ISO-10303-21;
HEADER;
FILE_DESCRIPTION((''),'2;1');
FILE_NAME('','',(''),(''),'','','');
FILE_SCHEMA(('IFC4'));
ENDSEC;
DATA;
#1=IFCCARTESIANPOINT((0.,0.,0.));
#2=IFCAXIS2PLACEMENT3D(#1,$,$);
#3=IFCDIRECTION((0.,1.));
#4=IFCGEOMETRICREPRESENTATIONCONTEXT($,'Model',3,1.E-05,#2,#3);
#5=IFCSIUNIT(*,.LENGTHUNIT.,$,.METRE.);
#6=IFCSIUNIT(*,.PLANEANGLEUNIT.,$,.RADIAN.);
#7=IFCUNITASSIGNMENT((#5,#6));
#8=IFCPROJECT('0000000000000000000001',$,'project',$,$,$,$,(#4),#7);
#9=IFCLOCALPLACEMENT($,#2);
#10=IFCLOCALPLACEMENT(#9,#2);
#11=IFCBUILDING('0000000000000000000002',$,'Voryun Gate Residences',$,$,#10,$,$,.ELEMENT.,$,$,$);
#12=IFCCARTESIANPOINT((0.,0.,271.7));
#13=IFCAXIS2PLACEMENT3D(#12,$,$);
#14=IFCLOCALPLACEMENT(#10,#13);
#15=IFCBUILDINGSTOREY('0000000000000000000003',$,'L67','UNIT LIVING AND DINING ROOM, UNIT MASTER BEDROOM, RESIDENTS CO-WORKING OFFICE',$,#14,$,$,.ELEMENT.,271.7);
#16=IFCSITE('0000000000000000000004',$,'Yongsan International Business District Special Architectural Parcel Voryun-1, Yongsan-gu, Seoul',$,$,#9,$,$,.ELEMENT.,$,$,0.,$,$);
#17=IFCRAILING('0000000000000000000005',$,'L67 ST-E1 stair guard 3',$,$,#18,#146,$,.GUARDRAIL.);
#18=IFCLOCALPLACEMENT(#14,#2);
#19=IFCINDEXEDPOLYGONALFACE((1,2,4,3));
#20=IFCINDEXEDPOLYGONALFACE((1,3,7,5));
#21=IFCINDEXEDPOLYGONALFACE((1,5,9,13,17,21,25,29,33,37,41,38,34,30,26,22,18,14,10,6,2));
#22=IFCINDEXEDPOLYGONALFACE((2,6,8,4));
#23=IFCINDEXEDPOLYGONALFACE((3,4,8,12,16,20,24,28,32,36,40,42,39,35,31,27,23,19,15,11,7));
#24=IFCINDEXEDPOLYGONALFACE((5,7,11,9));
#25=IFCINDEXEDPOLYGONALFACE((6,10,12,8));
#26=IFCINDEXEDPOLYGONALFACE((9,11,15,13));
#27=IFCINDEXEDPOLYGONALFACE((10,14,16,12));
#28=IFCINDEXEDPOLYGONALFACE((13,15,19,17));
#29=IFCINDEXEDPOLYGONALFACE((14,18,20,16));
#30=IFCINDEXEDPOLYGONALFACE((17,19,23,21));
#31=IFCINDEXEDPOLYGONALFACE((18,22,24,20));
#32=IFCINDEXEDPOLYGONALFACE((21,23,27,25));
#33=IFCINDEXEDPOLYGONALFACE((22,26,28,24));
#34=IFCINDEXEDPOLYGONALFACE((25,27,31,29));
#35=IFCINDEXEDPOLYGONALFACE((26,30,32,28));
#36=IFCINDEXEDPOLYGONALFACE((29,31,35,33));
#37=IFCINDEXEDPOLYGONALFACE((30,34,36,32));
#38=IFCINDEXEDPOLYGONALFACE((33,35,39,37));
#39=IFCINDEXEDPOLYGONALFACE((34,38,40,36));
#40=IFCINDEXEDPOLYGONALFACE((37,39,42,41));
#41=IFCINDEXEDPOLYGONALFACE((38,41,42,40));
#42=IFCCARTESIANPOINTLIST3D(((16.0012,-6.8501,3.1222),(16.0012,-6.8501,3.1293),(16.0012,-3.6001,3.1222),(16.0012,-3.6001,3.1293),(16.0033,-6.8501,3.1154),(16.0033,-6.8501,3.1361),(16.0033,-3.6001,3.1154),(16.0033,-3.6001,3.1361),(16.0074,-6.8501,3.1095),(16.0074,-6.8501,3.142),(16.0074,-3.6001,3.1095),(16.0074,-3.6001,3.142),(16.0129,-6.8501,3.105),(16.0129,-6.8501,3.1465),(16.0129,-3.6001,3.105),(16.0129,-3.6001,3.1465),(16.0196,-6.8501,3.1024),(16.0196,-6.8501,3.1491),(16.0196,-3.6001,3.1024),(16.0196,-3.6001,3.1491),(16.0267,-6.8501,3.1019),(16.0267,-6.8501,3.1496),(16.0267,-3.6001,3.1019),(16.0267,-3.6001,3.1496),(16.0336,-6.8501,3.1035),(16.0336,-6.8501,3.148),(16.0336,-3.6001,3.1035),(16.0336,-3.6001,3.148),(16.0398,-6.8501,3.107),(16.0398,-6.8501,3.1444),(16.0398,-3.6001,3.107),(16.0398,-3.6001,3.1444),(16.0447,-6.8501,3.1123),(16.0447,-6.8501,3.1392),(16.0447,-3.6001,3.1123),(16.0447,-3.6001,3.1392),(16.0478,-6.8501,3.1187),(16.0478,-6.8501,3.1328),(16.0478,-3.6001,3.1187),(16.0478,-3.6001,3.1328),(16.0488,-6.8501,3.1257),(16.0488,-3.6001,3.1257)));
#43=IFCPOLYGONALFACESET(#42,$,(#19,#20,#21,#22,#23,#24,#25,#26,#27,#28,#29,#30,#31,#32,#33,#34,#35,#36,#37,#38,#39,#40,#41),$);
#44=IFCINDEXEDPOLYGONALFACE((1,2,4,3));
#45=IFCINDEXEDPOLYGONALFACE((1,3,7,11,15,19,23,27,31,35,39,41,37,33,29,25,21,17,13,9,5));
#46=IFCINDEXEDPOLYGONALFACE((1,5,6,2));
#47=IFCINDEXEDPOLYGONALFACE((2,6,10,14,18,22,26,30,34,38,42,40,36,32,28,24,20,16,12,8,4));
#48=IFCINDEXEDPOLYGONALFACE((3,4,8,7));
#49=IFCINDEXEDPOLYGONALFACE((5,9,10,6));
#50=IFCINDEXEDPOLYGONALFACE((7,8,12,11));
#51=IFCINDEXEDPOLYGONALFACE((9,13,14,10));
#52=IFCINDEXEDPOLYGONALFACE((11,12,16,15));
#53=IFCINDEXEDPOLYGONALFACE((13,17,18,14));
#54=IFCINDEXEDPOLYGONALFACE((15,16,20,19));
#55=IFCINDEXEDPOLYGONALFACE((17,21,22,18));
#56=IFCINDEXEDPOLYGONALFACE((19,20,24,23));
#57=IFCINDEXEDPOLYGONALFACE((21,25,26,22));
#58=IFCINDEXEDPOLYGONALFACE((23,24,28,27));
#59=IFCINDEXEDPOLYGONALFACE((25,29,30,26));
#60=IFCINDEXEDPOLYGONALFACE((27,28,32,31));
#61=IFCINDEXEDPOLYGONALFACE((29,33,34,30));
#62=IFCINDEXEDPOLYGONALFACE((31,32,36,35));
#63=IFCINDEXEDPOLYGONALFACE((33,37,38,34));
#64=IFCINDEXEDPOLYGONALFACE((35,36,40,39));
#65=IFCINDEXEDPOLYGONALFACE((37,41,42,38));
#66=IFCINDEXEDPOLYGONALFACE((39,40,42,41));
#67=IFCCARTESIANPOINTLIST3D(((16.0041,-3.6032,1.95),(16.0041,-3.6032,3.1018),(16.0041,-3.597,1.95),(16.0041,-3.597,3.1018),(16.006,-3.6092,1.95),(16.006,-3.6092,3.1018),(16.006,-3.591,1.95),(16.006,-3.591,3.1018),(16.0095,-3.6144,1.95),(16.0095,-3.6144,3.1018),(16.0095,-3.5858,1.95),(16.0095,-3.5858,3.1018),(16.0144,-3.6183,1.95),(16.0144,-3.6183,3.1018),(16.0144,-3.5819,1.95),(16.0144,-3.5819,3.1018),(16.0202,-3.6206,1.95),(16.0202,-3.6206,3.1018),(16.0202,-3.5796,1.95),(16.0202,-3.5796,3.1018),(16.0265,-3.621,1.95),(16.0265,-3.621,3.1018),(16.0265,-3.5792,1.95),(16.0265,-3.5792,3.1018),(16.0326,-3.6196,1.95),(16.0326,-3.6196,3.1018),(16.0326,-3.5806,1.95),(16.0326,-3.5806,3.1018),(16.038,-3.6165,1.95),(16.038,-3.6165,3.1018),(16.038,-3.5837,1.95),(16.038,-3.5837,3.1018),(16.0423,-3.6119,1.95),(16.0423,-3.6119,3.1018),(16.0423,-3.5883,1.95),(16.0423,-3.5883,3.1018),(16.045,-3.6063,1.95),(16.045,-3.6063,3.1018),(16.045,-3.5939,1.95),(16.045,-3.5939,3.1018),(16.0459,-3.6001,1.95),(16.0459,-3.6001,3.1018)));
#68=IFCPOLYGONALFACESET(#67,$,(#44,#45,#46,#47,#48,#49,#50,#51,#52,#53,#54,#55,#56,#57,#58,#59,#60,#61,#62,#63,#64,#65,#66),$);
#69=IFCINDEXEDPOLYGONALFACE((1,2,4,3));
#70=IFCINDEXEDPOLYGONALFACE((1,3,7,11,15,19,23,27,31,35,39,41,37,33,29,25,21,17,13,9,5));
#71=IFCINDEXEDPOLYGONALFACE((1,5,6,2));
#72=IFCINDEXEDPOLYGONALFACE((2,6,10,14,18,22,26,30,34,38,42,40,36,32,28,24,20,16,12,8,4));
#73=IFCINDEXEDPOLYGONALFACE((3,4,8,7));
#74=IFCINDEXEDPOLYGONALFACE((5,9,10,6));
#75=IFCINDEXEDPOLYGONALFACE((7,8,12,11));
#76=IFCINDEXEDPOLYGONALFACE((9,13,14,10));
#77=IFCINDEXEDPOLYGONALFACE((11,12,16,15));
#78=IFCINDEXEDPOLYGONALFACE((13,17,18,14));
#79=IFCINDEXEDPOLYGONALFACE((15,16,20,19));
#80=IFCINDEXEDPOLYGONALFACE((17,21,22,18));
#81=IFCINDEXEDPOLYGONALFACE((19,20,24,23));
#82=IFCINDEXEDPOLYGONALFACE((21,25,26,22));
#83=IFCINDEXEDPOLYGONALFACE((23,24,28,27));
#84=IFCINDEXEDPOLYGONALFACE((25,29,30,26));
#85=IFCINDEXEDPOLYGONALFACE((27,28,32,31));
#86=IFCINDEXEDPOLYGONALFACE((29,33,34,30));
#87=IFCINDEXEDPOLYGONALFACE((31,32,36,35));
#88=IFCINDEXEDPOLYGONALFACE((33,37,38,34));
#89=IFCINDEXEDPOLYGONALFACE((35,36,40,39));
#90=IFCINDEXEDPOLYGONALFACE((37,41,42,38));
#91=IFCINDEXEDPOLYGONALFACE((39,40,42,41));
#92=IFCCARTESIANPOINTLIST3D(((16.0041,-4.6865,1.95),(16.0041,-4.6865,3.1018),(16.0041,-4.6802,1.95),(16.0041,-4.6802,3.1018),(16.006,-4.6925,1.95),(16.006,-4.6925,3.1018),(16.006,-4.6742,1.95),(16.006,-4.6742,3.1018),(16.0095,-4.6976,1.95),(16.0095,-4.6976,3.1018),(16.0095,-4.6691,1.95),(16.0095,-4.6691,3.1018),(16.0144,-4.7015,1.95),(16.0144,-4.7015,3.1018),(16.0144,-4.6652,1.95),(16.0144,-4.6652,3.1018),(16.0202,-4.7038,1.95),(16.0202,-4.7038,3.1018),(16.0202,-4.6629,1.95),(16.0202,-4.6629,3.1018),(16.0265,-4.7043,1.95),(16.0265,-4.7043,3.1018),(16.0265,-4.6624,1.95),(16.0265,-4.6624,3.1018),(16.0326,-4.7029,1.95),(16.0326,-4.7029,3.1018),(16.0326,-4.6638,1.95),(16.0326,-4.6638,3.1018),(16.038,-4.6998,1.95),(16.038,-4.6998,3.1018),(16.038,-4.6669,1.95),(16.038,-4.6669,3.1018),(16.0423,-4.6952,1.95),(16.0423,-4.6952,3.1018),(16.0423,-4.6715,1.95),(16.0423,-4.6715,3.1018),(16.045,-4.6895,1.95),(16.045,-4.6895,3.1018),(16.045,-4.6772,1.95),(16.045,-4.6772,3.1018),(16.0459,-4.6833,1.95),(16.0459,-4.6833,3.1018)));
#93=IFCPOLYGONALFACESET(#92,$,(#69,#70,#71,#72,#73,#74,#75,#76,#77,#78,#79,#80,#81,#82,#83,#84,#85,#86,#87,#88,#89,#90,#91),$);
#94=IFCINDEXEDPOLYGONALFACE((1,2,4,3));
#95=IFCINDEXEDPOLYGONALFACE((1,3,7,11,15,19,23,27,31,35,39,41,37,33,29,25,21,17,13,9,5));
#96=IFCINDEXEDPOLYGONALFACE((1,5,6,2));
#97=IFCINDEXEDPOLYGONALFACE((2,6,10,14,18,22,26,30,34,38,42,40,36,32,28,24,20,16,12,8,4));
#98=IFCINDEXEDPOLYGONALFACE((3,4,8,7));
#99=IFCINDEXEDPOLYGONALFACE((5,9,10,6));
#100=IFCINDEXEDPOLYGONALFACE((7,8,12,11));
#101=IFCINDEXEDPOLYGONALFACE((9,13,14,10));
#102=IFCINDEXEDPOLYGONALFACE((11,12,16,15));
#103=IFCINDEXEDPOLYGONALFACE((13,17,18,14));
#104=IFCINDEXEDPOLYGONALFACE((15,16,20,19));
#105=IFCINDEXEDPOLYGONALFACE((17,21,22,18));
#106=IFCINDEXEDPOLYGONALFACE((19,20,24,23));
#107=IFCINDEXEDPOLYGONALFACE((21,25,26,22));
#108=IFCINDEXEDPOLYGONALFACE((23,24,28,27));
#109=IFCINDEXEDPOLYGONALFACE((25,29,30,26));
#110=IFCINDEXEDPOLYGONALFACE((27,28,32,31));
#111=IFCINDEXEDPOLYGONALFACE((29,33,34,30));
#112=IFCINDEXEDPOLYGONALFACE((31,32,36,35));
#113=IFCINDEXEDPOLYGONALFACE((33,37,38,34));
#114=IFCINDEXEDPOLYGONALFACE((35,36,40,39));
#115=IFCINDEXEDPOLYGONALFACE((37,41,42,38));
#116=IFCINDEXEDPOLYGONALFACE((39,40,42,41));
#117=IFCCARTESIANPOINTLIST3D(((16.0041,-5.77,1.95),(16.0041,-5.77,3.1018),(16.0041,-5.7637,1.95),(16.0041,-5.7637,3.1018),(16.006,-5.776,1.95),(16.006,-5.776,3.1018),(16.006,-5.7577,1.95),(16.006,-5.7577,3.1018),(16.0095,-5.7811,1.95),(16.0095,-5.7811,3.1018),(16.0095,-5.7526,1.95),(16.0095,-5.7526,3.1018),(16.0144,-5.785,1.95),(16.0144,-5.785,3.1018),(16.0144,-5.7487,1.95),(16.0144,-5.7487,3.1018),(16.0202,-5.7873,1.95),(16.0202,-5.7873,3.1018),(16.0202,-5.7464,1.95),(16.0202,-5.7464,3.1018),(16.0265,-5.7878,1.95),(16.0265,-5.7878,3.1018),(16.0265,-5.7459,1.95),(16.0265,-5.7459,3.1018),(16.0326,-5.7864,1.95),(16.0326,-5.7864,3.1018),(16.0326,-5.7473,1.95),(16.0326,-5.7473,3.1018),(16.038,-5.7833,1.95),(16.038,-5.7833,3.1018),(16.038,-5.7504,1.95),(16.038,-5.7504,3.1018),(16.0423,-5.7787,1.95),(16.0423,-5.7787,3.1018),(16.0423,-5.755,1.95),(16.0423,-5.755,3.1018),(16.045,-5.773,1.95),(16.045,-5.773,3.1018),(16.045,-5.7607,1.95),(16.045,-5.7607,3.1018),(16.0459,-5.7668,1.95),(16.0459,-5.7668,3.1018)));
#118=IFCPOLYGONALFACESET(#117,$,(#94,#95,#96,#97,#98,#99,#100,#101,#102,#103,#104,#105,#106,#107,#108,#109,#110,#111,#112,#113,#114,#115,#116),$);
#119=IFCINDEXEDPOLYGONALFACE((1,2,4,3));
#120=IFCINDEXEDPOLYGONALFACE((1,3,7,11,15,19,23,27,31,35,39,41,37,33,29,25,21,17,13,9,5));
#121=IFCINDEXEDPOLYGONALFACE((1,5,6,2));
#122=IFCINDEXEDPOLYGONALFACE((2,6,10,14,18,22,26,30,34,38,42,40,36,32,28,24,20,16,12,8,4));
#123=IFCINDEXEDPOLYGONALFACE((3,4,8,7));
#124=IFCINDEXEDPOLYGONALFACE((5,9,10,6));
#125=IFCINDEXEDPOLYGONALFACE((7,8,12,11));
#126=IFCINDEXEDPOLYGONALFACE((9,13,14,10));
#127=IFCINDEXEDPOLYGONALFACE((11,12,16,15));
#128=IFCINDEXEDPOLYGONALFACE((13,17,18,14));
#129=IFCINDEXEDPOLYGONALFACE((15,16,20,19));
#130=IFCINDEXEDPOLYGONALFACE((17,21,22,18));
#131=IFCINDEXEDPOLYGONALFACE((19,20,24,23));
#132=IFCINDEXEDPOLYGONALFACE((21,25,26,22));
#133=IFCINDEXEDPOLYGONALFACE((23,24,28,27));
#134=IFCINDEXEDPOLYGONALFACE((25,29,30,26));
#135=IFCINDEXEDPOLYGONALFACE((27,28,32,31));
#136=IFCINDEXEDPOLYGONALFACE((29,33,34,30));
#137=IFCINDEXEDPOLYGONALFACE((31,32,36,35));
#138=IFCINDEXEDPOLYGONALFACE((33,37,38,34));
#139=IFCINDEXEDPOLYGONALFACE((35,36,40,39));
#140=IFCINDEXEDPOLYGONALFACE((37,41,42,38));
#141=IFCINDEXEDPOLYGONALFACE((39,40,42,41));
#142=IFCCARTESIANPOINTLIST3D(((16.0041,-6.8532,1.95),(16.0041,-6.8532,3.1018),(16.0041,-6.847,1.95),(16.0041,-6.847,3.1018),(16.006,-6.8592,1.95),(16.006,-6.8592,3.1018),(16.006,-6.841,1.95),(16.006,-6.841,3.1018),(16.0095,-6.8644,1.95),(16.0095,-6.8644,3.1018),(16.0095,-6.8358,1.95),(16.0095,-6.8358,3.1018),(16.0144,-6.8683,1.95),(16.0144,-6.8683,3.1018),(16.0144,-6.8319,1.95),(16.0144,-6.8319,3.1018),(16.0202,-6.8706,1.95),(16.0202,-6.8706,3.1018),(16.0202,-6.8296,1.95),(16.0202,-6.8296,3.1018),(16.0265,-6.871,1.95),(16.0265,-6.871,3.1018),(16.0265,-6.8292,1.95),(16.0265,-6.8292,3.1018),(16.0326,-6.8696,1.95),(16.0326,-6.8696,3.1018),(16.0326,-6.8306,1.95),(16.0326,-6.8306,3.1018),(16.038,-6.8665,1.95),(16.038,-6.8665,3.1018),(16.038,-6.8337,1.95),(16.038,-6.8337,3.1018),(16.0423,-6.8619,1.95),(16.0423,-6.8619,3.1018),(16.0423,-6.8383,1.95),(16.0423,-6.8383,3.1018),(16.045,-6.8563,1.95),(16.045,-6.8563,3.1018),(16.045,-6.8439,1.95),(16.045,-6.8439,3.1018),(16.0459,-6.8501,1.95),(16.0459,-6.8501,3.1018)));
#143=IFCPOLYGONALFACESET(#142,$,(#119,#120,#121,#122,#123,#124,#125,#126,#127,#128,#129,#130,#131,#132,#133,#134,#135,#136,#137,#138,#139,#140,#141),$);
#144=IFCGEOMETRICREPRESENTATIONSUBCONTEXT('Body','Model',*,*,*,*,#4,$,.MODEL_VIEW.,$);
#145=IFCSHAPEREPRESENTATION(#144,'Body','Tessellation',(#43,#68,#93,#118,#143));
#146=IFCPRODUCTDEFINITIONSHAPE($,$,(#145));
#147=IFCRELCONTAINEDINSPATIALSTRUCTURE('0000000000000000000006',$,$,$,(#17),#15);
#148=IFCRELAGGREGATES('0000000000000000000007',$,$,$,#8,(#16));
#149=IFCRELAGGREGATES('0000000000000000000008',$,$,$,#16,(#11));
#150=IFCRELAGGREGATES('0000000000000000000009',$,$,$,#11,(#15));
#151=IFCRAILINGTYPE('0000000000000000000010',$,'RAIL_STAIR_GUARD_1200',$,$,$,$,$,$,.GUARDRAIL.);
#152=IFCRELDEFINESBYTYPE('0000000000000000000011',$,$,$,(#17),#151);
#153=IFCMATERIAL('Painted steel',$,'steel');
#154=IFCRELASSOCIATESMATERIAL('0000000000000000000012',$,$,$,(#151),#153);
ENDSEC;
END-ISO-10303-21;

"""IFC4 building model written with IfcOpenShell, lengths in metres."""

from ifc_helpers import new_model, si_unit, direction, frame, origin, origin_2d, place, context, subcontext, project, spatial, circle, extrude, material, type_object, element, save


model = new_model("IFC4")

# Units and contexts
model_context = context("Model", 3, precision=1e-05, world=origin(), true_north=direction((0.0, 1.0)))
body_context = subcontext(model_context, "Body", "Model", "MODEL_VIEW")
ifc_project = project(units=[si_unit("LENGTHUNIT", "METRE"), si_unit("PLANEANGLEUNIT", "RADIAN")], contexts=[model_context])

# Site, building, storey
site_placement = place(None, origin())
site = spatial("IfcSite", under=ifc_project, at=site_placement, Name="Yongsan International Business District Special Architectural Parcel Voryun-1, Yongsan-gu, Seoul", CompositionType="ELEMENT", RefElevation=0.0)
building_placement = place(site_placement, origin())
building = spatial("IfcBuilding", under=site, at=building_placement, Name="Voryun Gate Residences", CompositionType="ELEMENT")
storey_placement = place(building_placement, frame((0.0, 0.0, 271.7)))
storey = spatial("IfcBuildingStorey", under=building, at=storey_placement, Name="L67", Description="UNIT LIVING AND DINING ROOM, UNIT MASTER BEDROOM, RESIDENTS CO-WORKING OFFICE", CompositionType="ELEMENT", Elevation=271.7)

# Railing
ifc_material_1 = material(Name="Painted steel", Category="steel")
railing_type_1 = type_object("IfcRailingType", Name="RAIL_STAIR_GUARD_1200", PredefinedType="GUARDRAIL", material=ifc_material_1)
for number, where, name in (
    (1, (16.0249, -3.6001, 1.95), "L67 ST-E1 stair guard 3"),
):
    element("IfcRailing", number, at=place(storey_placement, frame(where)), inside=storey, type_object=railing_type_1, Name=name, PredefinedType="GUARDRAIL", context=body_context, shape_type="SweptSolid", body=[
        extrude(circle(Radius=0.0239, at=origin_2d()), frame((0.0, 0.0, 1.1758), z_axis=(0.0, -1.0, 0.0), x_axis=(1.0, 0.0, 0.0)), (0.0, 0.0, 1.0), 3.25),
        extrude(circle(Radius=0.021, at=origin_2d()), origin(), (0.0, 0.0, 1.0), 1.1519),
        extrude(circle(Radius=0.021, at=origin_2d()), frame((0.0, -1.0833, 0.0)), (0.0, 0.0, 1.0), 1.1519),
        extrude(circle(Radius=0.021, at=origin_2d()), frame((0.0, -2.1667, 0.0)), (0.0, 0.0, 1.0), 1.1519),
        extrude(circle(Radius=0.021, at=origin_2d()), frame((0.0, -3.25, 0.0)), (0.0, 0.0, 1.0), 1.1519),
    ])

save(model, "model.ifc")
